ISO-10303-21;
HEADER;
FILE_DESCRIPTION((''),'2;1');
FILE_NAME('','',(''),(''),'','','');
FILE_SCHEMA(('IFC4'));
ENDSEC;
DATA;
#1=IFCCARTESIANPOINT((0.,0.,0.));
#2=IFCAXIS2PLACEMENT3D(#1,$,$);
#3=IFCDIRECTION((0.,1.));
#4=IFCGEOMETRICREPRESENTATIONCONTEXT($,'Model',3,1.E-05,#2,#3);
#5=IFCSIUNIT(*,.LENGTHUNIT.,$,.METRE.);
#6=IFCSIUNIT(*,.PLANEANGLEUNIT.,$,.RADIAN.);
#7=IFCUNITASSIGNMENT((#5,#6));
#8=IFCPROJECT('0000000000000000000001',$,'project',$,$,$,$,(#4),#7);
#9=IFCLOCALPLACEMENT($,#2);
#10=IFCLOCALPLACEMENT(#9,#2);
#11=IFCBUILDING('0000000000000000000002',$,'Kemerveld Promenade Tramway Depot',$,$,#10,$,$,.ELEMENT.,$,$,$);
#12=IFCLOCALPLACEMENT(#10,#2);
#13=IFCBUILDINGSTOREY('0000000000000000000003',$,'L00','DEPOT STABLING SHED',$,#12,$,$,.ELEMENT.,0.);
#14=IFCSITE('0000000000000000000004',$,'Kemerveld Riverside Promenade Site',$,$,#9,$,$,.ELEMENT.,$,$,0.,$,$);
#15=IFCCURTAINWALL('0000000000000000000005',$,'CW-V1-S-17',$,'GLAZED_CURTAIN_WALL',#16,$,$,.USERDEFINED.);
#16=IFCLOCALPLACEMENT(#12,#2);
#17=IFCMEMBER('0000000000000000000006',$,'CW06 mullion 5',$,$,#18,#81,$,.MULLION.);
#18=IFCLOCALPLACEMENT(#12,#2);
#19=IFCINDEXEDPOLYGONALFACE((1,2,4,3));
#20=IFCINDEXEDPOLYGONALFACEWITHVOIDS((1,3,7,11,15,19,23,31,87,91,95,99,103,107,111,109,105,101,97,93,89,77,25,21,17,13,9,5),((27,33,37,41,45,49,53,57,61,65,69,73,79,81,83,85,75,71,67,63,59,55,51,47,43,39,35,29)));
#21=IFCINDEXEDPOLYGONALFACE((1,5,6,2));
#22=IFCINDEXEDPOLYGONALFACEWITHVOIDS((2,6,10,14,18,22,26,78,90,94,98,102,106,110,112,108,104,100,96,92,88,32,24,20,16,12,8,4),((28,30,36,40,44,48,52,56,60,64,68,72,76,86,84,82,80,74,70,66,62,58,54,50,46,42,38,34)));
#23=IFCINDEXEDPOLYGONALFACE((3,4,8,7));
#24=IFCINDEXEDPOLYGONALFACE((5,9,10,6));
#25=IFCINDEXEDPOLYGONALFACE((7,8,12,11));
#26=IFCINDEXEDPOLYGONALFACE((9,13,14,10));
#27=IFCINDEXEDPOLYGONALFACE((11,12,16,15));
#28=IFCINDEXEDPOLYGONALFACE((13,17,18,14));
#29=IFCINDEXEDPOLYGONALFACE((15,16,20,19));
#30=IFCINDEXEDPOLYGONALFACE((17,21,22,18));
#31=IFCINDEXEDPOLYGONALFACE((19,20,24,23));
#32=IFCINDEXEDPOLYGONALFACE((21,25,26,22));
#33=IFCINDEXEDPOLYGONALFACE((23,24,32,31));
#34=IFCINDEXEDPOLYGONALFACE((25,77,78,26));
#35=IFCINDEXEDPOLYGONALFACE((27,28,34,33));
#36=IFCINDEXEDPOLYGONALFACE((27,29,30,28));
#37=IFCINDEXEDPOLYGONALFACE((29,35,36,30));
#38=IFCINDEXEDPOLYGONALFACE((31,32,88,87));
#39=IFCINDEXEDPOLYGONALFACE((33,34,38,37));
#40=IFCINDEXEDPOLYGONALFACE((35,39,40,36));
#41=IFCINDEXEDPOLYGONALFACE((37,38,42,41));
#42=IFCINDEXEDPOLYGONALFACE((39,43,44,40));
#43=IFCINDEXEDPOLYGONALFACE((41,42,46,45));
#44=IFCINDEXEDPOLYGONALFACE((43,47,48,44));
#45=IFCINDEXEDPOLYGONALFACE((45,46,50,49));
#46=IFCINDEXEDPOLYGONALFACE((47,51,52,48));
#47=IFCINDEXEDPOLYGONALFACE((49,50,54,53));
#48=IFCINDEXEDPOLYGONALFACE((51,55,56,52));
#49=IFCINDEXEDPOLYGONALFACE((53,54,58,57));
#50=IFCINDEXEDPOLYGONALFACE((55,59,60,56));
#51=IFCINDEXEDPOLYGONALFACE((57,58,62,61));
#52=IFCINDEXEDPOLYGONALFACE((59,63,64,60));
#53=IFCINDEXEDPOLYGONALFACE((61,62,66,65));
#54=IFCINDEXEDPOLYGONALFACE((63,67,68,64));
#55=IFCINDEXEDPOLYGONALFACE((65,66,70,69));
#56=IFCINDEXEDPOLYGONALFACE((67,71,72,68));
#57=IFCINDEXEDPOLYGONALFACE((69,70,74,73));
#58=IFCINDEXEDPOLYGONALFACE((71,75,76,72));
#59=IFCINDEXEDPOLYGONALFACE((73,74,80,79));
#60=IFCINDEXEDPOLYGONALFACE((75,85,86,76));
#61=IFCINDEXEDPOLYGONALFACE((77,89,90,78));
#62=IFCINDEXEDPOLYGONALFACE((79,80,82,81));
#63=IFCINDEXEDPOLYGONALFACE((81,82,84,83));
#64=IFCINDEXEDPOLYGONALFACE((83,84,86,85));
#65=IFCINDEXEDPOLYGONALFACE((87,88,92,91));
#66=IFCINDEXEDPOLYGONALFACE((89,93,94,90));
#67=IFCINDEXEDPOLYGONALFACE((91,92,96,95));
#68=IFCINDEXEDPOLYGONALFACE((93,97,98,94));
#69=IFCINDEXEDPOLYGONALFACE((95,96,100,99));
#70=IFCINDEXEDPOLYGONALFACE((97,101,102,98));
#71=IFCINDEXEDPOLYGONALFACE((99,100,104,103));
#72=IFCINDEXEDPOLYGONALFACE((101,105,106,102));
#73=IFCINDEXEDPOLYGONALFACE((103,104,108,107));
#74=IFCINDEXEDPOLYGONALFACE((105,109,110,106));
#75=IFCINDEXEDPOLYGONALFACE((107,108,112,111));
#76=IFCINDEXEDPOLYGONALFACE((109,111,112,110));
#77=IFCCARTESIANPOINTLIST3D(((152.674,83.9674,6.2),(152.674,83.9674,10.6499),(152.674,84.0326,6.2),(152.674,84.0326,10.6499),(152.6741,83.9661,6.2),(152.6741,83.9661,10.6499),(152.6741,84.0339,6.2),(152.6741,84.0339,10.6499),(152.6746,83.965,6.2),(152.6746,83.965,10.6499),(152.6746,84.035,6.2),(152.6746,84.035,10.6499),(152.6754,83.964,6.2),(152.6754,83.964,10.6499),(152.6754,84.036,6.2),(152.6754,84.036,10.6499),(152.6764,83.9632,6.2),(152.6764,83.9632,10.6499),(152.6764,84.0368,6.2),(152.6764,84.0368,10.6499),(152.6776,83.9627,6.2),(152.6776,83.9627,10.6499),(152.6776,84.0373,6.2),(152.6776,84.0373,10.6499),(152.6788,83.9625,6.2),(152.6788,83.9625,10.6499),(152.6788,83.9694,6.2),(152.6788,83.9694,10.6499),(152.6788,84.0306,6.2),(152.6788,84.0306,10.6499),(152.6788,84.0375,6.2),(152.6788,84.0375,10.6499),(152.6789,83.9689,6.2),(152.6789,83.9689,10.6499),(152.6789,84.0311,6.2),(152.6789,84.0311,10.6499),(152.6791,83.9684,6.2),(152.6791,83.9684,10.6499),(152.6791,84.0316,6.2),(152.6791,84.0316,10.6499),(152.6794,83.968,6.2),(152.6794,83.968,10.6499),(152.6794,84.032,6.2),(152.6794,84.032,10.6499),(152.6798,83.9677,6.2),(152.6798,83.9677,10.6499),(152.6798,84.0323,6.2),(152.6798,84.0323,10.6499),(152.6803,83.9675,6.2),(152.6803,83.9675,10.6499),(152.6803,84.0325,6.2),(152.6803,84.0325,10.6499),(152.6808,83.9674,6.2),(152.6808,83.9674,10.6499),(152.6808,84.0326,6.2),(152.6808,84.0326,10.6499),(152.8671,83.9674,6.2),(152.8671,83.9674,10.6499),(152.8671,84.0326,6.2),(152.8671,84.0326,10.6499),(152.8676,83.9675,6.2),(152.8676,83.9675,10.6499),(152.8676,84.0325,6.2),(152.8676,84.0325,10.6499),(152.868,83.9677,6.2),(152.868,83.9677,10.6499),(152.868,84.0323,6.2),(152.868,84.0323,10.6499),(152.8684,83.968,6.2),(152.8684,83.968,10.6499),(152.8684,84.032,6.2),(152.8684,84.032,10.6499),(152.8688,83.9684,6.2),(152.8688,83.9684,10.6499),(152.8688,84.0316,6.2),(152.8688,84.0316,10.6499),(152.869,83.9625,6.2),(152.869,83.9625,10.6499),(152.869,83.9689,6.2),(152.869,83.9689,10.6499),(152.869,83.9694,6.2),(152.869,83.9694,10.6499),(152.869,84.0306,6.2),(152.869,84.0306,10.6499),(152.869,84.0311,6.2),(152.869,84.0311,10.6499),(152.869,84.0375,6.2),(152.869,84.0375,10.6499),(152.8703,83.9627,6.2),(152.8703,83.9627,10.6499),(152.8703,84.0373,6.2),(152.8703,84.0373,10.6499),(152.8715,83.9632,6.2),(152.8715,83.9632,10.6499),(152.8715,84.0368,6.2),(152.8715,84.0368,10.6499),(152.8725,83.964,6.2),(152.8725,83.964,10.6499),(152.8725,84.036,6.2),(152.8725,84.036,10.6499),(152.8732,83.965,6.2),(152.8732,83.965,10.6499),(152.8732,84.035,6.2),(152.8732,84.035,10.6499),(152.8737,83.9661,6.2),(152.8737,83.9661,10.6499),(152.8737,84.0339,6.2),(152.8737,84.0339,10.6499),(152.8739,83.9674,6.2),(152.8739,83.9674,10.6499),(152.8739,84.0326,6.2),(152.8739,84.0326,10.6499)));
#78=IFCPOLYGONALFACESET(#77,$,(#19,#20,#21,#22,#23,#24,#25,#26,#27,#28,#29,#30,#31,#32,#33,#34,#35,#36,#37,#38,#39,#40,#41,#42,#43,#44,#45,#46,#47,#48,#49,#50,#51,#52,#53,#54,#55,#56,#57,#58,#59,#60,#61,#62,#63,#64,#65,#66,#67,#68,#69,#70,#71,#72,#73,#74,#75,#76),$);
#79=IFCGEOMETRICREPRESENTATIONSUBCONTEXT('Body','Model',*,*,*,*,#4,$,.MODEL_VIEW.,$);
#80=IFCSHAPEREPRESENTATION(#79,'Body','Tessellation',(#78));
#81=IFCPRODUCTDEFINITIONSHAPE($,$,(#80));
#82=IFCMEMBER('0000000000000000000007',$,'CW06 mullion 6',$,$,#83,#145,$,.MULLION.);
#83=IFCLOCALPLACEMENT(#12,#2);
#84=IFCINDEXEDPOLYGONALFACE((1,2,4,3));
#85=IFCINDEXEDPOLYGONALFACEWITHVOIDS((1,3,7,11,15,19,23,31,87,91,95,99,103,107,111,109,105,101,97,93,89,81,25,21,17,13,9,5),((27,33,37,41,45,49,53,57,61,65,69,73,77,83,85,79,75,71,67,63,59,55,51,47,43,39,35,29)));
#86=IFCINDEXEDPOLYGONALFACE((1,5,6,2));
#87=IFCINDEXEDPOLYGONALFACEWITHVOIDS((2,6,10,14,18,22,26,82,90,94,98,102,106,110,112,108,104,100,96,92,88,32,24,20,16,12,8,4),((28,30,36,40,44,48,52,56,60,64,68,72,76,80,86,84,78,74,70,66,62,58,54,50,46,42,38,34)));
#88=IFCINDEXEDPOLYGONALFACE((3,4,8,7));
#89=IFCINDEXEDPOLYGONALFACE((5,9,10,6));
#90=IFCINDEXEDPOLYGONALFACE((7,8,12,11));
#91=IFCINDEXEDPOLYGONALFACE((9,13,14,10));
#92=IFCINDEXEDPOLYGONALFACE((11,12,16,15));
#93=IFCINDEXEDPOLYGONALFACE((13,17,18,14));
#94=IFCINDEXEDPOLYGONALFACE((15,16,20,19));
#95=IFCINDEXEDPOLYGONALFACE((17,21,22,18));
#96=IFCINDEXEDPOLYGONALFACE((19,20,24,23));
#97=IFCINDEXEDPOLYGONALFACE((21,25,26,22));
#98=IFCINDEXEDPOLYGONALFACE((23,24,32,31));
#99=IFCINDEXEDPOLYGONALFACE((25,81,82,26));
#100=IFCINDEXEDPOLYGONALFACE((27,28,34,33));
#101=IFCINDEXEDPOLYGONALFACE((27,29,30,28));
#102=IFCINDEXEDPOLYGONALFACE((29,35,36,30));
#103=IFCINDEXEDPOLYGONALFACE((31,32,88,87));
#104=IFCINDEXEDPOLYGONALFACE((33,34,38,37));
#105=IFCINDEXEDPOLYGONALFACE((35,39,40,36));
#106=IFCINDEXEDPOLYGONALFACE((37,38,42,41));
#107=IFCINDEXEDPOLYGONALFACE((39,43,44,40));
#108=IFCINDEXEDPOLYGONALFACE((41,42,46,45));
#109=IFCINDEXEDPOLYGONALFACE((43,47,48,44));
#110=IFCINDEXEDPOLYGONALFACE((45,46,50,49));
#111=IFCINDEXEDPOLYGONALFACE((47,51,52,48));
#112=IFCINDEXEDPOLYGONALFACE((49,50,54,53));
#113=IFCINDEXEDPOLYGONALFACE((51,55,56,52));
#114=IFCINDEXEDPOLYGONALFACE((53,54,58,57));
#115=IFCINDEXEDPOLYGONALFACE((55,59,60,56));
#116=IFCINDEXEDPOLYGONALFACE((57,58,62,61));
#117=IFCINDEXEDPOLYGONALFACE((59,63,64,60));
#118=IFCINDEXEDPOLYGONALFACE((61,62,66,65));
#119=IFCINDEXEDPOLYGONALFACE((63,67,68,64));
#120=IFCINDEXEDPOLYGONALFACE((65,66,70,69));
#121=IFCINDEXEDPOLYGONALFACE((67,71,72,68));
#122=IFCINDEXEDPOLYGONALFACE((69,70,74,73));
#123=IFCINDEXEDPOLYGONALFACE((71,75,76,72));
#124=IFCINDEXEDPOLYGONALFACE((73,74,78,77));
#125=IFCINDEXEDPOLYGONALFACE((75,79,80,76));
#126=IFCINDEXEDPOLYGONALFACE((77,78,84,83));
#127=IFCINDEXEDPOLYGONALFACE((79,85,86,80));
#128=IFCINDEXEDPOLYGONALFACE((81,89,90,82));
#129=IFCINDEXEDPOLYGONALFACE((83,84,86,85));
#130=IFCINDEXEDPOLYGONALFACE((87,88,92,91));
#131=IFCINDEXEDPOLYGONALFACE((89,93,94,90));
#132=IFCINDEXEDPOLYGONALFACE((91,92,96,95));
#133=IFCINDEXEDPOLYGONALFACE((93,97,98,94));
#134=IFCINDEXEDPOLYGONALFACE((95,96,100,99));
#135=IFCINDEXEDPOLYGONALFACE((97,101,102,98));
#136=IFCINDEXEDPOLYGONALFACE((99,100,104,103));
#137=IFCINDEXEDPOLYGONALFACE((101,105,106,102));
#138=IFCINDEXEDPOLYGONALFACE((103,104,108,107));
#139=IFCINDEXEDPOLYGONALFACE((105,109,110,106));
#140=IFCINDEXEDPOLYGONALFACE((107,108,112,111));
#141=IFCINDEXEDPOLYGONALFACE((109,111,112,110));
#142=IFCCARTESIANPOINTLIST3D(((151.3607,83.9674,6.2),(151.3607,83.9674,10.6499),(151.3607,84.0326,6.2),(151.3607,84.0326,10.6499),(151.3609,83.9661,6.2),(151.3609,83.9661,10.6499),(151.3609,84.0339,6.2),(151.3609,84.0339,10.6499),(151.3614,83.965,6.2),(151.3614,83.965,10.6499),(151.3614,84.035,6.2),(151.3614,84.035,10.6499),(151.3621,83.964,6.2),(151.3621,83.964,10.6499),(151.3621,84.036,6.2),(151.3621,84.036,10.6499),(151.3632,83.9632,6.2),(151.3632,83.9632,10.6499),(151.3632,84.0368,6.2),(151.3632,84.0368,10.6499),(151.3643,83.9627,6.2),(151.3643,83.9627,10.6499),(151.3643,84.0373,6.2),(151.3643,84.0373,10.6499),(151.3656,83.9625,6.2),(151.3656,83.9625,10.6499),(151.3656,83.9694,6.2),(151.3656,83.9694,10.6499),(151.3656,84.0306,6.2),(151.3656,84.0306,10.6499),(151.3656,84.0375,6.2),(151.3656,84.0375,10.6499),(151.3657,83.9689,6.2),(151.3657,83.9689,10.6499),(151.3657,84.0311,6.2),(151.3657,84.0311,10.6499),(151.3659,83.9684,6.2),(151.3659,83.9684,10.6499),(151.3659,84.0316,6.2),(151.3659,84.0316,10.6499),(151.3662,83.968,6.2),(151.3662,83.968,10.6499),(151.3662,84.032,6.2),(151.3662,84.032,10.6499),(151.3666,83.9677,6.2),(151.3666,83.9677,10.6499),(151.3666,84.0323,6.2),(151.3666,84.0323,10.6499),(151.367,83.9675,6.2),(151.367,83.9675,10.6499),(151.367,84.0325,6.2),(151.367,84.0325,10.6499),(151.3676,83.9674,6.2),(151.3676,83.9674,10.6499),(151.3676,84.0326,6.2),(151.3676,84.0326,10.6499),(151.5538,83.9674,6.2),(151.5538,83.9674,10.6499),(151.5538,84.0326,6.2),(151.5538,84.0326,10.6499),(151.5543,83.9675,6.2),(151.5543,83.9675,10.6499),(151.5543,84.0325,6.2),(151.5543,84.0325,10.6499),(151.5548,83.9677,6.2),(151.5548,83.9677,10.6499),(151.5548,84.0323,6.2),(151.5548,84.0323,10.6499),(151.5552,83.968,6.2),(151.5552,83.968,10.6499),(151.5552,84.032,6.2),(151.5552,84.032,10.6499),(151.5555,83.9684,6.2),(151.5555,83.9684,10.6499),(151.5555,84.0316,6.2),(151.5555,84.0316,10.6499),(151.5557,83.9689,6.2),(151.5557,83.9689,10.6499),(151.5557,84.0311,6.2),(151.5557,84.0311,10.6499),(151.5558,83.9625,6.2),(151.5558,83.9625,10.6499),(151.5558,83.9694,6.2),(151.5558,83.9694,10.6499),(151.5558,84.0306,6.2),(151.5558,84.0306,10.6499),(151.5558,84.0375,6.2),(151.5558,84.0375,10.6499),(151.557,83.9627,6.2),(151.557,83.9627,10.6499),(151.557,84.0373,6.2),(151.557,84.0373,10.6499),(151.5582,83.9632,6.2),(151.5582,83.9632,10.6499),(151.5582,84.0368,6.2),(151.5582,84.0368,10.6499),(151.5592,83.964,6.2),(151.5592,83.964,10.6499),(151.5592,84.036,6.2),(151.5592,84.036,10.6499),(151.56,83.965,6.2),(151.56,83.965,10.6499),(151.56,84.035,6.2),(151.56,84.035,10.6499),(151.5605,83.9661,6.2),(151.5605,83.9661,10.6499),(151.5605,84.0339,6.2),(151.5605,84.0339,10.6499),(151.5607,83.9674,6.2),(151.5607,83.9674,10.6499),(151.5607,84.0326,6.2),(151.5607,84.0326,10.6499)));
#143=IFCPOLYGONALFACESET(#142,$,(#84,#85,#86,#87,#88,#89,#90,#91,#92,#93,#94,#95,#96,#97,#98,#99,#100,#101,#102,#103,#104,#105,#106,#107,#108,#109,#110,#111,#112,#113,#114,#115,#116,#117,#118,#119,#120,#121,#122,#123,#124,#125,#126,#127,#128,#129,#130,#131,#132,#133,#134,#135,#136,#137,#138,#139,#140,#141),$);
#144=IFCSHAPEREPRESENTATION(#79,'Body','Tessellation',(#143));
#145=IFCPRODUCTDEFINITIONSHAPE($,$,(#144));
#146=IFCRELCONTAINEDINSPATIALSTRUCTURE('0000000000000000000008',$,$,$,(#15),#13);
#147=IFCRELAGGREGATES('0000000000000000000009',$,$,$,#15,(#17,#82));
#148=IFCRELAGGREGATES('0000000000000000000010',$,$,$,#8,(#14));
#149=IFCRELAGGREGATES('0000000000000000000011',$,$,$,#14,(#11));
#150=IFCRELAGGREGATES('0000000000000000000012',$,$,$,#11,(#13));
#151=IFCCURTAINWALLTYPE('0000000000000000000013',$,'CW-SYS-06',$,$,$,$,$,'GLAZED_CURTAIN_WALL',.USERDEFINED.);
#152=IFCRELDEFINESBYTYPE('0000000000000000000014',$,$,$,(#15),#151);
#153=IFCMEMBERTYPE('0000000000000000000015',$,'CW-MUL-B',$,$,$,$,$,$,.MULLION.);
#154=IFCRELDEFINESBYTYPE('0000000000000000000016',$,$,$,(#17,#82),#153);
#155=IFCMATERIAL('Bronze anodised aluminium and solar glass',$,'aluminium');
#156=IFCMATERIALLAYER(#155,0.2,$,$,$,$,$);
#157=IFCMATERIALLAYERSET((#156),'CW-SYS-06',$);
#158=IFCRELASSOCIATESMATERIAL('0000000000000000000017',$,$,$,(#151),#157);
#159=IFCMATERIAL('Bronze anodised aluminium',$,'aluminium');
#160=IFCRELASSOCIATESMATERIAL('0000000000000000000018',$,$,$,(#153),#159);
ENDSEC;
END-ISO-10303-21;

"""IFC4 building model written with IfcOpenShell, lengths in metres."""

from ifc_helpers import new_model, si_unit, direction, frame, origin, origin_2d, place, context, subcontext, project, spatial, hollow_rectangle, extrude, material, layer, layer_set, material_profile, profile_set, type_object, element, aggregate, save


model = new_model("IFC4")

# Units and contexts
model_context = context("Model", 3, precision=1e-05, world=origin(), true_north=direction((0.0, 1.0)))
body_context = subcontext(model_context, "Body", "Model", "MODEL_VIEW")
ifc_project = project(units=[si_unit("LENGTHUNIT", "METRE"), si_unit("PLANEANGLEUNIT", "RADIAN")], contexts=[model_context])

# Site, building, storey
site_placement = place(None, origin())
site = spatial("IfcSite", under=ifc_project, at=site_placement, Name="Kemerveld Riverside Promenade Site", CompositionType="ELEMENT", RefElevation=0.0)
building_placement = place(site_placement, origin())
building = spatial("IfcBuilding", under=site, at=building_placement, Name="Kemerveld Promenade Tramway Depot", CompositionType="ELEMENT")
storey_placement = place(building_placement, origin())
storey = spatial("IfcBuildingStorey", under=building, at=storey_placement, Name="L00", Description="DEPOT STABLING SHED", CompositionType="ELEMENT", Elevation=0.0)

# Shared definitions
ifc_material_1 = material(Name="Bronze anodised aluminium and solar glass", Category="aluminium")
ifc_material_2 = material(Name="Bronze anodised aluminium", Category="aluminium")

# Curtain wall, members
ifc_layer_1 = layer(ifc_material_1, 0.2)
ifc_layer_set_1 = layer_set([ifc_layer_1], Name="CW-SYS-06")
curtain_wall_type_1 = type_object("IfcCurtainWallType", Name="CW-SYS-06", ElementType="GLAZED_CURTAIN_WALL", PredefinedType="USERDEFINED", material=ifc_layer_set_1)
curtain_wall_1_placement = place(storey_placement, origin())
curtain_wall_1 = element("IfcCurtainWall", 1, at=curtain_wall_1_placement, inside=storey, type_object=curtain_wall_type_1, Name="CW-V1-S-17", ObjectType="GLAZED_CURTAIN_WALL", PredefinedType="USERDEFINED")
ifc_material_profile_1 = material_profile(ifc_material_2, hollow_rectangle(XDim=0.075, YDim=0.2, WallThickness=0.0049, InnerFilletRadius=0.002, OuterFilletRadius=0.0049, at=origin_2d()), Name="CW-MUL-200x75")
ifc_profile_set_1 = profile_set([ifc_material_profile_1], Name="Bronze anodised aluminium")
member_type_1 = type_object("IfcMemberType", Name="CW-MUL-B", PredefinedType="MULLION", material=ifc_profile_set_1)
member_1_placement = place(storey_placement, frame((152.7739, 84.0, 6.2), z_axis=(0.0, 0.0, 1.0), x_axis=(0.0, -1.0, 0.0)))
member_1 = element("IfcMember", 2, at=member_1_placement, type_object=member_type_1, Name="CW06 mullion 5", PredefinedType="MULLION", context=body_context, shape_type="SweptSolid", body=[
    extrude(hollow_rectangle(XDim=0.075, YDim=0.2, WallThickness=0.0049, InnerFilletRadius=0.002, OuterFilletRadius=0.0049, at=origin_2d()), origin(), (0.0, 0.0, 1.0), 4.45),
])
member_2_placement = place(storey_placement, frame((151.4607, 84.0, 6.2), z_axis=(0.0, 0.0, 1.0), x_axis=(0.0, -1.0, 0.0)))
member_2 = element("IfcMember", 3, at=member_2_placement, type_object=member_type_1, Name="CW06 mullion 6", PredefinedType="MULLION", context=body_context, shape_type="SweptSolid", body=[
    extrude(hollow_rectangle(XDim=0.075, YDim=0.2, WallThickness=0.0049, InnerFilletRadius=0.002, OuterFilletRadius=0.0049, at=origin_2d()), origin(), (0.0, 0.0, 1.0), 4.45),
])

aggregate(curtain_wall_1, [member_1, member_2])

save(model, "model.ifc")
